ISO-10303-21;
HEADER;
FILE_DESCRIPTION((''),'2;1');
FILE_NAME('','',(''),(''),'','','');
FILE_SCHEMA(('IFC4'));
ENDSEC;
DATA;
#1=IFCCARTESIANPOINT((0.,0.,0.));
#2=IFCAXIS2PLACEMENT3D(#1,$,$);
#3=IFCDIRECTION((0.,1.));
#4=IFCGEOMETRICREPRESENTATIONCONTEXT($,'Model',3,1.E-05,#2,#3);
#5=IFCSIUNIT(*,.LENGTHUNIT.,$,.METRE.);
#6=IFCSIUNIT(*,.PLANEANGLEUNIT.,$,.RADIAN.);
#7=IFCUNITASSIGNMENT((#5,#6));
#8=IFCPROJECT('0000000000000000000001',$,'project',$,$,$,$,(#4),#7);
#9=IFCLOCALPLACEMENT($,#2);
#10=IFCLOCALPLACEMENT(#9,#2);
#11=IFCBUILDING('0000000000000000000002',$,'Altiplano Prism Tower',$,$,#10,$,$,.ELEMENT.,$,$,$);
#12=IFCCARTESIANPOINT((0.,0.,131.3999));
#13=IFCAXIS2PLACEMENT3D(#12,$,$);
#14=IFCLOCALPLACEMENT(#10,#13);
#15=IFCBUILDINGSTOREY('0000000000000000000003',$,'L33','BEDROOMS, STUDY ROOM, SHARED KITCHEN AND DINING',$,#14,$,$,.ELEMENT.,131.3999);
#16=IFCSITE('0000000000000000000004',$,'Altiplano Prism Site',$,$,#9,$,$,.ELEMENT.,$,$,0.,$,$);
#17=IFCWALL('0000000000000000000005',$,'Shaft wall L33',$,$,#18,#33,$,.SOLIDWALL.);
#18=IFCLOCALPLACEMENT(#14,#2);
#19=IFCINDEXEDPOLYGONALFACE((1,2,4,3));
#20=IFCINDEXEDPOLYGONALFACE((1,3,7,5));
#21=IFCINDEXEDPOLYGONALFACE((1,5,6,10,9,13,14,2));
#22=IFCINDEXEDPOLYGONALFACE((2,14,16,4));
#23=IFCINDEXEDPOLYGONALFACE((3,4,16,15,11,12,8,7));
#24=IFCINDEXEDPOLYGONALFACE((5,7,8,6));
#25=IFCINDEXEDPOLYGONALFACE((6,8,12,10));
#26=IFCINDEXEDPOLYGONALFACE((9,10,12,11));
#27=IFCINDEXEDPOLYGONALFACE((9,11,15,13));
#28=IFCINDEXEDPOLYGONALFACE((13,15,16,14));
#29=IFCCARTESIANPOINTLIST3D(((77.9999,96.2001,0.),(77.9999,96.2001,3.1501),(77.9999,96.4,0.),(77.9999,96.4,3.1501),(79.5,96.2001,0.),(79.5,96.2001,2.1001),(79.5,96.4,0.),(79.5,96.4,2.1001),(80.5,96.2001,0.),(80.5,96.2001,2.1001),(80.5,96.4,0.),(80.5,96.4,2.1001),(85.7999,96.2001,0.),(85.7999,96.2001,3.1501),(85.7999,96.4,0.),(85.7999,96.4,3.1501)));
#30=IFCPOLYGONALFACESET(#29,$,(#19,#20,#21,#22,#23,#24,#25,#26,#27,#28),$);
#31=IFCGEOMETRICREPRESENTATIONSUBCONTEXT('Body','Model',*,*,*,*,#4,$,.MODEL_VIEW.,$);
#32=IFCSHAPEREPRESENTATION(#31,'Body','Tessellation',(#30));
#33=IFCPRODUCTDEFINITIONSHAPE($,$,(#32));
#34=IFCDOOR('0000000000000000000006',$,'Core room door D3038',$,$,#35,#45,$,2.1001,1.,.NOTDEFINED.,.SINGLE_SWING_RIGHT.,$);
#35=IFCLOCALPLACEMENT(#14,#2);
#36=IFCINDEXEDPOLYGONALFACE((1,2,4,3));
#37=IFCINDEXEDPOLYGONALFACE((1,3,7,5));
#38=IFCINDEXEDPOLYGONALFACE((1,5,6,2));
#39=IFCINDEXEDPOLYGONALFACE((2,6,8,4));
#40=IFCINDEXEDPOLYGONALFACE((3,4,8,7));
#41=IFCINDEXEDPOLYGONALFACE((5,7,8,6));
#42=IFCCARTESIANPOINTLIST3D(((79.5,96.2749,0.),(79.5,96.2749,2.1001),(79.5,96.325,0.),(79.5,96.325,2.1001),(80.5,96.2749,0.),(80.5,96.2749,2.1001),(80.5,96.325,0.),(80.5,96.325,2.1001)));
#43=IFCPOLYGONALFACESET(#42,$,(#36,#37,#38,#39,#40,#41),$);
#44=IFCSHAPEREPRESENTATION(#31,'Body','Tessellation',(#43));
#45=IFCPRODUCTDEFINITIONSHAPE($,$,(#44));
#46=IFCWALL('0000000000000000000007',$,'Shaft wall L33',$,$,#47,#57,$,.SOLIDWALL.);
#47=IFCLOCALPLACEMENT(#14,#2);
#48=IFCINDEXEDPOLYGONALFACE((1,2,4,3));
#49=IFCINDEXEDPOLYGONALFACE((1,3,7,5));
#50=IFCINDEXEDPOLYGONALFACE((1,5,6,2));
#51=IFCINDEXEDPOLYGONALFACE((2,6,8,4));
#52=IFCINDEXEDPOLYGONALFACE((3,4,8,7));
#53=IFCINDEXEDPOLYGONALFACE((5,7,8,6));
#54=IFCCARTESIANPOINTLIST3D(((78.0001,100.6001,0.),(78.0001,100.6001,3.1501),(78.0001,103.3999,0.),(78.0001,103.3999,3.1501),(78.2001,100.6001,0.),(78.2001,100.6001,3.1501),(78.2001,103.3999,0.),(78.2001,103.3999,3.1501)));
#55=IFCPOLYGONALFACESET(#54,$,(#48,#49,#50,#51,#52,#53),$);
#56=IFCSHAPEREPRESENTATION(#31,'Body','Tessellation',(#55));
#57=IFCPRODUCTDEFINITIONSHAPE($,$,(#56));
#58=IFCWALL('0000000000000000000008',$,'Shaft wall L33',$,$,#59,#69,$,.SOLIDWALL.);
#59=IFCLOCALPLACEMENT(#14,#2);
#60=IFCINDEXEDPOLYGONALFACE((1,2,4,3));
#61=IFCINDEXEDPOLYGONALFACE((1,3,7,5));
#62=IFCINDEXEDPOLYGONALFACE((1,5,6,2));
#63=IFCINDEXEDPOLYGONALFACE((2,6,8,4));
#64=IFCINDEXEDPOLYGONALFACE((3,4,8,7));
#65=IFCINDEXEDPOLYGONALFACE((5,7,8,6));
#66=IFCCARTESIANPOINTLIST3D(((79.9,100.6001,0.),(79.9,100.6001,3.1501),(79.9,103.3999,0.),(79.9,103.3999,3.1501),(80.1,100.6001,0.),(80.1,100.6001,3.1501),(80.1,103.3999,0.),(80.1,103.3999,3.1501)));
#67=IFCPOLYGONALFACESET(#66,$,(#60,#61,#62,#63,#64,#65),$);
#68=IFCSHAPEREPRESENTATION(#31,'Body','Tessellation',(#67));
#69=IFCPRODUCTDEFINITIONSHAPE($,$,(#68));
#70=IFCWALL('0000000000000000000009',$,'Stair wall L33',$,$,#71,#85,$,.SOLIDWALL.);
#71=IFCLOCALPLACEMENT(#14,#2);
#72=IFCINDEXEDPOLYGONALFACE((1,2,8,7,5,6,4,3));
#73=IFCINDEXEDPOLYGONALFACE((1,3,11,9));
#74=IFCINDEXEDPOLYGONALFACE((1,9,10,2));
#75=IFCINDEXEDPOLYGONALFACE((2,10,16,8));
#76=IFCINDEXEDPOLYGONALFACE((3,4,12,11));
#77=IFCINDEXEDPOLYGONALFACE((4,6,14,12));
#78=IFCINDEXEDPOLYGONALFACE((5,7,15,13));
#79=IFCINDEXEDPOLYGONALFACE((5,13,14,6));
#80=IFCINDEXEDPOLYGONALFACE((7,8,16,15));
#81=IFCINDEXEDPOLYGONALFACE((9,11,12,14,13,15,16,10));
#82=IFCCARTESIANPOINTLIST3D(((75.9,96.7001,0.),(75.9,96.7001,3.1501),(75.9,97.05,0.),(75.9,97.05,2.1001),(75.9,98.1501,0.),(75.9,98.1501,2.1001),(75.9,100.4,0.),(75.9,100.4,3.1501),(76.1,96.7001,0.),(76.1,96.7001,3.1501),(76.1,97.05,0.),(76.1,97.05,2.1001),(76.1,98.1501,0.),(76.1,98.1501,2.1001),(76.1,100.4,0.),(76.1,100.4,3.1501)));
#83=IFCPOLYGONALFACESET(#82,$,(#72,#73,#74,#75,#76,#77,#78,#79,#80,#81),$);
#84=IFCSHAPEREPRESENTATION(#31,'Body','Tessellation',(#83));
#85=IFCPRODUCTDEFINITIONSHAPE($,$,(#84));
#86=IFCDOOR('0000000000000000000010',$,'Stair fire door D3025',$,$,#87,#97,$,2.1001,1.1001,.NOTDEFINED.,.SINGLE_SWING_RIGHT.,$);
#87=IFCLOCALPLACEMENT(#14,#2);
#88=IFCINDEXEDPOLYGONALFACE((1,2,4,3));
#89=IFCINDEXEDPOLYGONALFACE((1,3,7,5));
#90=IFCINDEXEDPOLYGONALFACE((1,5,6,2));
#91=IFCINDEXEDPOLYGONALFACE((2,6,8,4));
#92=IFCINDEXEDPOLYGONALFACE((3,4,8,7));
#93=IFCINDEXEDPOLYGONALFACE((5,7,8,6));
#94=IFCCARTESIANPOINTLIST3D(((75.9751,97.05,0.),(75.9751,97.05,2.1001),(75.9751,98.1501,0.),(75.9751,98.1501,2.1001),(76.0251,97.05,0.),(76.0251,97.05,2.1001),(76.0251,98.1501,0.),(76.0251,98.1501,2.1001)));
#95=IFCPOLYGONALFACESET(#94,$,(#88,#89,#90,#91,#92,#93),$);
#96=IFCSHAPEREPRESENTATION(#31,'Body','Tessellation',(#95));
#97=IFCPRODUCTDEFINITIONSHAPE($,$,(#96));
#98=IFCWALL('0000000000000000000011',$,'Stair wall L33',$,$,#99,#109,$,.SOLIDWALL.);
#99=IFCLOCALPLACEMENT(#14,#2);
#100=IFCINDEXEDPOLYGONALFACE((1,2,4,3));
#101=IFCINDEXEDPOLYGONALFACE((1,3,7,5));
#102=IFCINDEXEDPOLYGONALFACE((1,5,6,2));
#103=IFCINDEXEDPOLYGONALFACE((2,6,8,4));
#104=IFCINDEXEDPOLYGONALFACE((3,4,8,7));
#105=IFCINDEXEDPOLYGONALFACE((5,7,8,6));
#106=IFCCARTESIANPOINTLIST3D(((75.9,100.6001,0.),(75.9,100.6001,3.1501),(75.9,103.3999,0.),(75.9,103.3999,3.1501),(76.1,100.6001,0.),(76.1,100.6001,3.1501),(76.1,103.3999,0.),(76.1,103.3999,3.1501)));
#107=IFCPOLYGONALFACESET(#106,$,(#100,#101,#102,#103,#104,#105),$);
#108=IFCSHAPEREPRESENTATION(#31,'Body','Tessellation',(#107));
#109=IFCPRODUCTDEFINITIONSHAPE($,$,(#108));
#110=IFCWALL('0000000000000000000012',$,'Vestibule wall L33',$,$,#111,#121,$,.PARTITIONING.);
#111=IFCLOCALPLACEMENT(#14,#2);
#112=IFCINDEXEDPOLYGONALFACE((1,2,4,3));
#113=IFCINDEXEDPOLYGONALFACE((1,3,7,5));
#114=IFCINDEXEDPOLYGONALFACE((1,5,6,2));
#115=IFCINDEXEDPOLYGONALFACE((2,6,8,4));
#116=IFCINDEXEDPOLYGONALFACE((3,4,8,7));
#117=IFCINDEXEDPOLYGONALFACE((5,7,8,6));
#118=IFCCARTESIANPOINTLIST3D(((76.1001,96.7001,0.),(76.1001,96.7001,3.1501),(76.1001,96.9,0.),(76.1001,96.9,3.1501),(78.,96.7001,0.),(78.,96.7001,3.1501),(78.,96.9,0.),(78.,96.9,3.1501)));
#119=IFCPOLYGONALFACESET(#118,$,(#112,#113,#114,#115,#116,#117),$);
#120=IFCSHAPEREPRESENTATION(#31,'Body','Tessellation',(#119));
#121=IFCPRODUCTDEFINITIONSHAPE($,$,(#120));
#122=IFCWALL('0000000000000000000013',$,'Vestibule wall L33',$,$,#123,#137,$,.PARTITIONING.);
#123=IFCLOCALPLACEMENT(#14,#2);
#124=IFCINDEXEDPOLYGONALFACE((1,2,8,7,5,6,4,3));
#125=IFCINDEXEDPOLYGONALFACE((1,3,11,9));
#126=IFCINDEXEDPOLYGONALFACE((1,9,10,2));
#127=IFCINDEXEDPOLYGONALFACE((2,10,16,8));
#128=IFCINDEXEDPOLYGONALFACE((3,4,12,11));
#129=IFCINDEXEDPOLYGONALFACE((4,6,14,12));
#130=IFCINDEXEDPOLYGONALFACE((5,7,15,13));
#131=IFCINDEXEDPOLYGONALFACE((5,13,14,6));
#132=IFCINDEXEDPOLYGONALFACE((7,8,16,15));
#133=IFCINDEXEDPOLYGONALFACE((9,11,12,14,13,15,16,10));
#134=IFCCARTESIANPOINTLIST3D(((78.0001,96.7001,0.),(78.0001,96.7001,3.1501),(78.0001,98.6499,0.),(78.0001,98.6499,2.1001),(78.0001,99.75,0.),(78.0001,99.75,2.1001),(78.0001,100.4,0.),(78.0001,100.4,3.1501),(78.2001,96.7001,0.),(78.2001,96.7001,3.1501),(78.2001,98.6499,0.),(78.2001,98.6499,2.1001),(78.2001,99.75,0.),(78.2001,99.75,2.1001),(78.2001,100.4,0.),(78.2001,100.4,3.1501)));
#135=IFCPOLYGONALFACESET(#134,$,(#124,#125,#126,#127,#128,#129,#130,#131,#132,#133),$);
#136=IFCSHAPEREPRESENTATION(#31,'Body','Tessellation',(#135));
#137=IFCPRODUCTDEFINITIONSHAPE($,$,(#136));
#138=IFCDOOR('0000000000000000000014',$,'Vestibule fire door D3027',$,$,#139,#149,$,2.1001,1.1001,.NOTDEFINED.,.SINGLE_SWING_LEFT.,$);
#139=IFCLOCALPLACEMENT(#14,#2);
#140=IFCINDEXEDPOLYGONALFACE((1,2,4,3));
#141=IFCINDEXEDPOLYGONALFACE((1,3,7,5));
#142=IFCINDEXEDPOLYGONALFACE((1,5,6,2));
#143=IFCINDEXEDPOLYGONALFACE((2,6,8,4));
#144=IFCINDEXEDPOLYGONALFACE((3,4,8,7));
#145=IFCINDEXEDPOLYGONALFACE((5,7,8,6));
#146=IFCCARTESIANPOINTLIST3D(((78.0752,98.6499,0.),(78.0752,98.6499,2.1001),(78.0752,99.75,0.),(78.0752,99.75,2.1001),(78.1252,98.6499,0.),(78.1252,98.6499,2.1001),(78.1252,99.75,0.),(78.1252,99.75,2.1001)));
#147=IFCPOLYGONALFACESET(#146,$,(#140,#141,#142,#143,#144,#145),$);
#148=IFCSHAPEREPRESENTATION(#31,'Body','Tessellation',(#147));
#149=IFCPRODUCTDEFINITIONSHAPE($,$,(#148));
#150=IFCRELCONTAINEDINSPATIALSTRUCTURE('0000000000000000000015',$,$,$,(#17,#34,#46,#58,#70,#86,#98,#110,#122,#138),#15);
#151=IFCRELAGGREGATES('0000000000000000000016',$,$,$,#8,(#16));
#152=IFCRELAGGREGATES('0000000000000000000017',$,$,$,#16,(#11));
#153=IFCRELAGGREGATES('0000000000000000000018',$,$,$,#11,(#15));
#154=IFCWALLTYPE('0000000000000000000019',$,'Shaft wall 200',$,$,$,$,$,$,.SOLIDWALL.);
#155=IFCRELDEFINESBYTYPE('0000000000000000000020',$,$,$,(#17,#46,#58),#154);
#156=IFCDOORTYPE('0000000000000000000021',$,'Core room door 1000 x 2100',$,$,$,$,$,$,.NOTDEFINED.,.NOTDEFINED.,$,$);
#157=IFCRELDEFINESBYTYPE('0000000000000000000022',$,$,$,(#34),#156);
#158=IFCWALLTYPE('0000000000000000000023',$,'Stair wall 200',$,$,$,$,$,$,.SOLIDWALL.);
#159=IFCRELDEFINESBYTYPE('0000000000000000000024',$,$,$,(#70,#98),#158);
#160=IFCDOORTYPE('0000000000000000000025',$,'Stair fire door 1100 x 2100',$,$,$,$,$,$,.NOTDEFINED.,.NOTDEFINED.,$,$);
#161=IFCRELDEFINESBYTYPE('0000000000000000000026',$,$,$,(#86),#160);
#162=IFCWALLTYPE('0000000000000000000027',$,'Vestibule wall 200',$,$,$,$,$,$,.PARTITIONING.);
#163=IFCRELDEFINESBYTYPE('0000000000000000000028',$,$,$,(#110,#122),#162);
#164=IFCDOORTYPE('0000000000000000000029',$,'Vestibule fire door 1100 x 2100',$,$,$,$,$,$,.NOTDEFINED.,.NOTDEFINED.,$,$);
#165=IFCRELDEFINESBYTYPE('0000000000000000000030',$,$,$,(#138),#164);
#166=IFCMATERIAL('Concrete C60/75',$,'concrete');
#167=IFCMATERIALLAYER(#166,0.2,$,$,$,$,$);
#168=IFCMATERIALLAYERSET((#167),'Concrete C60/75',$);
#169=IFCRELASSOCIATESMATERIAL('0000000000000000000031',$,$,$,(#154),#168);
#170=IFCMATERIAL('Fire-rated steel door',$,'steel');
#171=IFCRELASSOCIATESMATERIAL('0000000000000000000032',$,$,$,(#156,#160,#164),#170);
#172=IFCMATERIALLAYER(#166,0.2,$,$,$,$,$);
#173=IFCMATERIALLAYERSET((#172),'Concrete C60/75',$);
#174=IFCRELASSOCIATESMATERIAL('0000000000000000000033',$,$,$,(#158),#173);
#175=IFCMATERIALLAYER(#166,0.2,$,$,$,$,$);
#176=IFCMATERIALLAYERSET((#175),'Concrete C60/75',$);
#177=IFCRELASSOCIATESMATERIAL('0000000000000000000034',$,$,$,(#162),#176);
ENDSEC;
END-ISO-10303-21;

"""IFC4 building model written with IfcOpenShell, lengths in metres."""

from ifc_helpers import new_model, si_unit, direction, frame, frame_2d, origin, place, context, subcontext, project, spatial, rectangle, extrude, material, layer, layer_set, type_object, element, fill, save


model = new_model("IFC4")

# Units and contexts
model_context = context("Model", 3, precision=1e-05, world=origin(), true_north=direction((0.0, 1.0)))
body_context = subcontext(model_context, "Body", "Model", "MODEL_VIEW")
ifc_project = project(units=[si_unit("LENGTHUNIT", "METRE"), si_unit("PLANEANGLEUNIT", "RADIAN")], contexts=[model_context])

# Site, building, storey
site_placement = place(None, origin())
site = spatial("IfcSite", under=ifc_project, at=site_placement, Name="Altiplano Prism Site", CompositionType="ELEMENT", RefElevation=0.0)
building_placement = place(site_placement, origin())
building = spatial("IfcBuilding", under=site, at=building_placement, Name="Altiplano Prism Tower", CompositionType="ELEMENT")
storey_placement = place(building_placement, frame((0.0, 0.0, 131.3999)))
storey = spatial("IfcBuildingStorey", under=building, at=storey_placement, Name="L33", Description="BEDROOMS, STUDY ROOM, SHARED KITCHEN AND DINING", CompositionType="ELEMENT", Elevation=131.3999)

# Wall, opening, door
ifc_material_1 = material(Name="Concrete C60/75", Category="concrete")
ifc_layer_1 = layer(ifc_material_1, 0.2)
ifc_layer_set_1 = layer_set([ifc_layer_1], Name="Concrete C60/75")
wall_type_1 = type_object("IfcWallType", Name="Shaft wall 200", PredefinedType="SOLIDWALL", material=ifc_layer_set_1)
wall_1_placement = place(storey_placement, frame((78.0, 96.3, 0.0), z_axis=(0.0, 0.0, 1.0), x_axis=(1.0, 0.0, 0.0)))
wall_1 = element("IfcWall", 1, at=wall_1_placement, inside=storey, type_object=wall_type_1, Name="Shaft wall L33", PredefinedType="SOLIDWALL", context=body_context, shape_type="SweptSolid", body=[
    extrude(rectangle(XDim=7.8, YDim=0.2, at=frame_2d((3.8999, 0.0))), origin(), (0.0, 0.0, 1.0), 3.1501),
])
opening_1_placement = place(wall_1_placement, frame((1.5, 0.0, 0.0)))
opening_1 = element("IfcOpeningElement", 2, at=opening_1_placement, cuts=wall_1, PredefinedType="OPENING", context=body_context, shape_type="SweptSolid", body=[
    extrude(rectangle(XDim=1.0, YDim=2.1001, at=frame_2d((0.5, 1.05))), frame((0.0, 0.1104, 0.0), z_axis=(0.0, -1.0, 0.0), x_axis=(1.0, 0.0, 0.0)), (0.0, 0.0, 1.0), 0.2209),
])
ifc_material_2 = material(Name="Fire-rated steel door", Category="steel")
door_type_1 = type_object("IfcDoorType", Name="Core room door 1000 x 2100", OperationType="NOTDEFINED", PredefinedType="NOTDEFINED", material=ifc_material_2)
door_1_placement = place(opening_1_placement, origin())
door_1 = element("IfcDoor", 3, at=door_1_placement, inside=storey, type_object=door_type_1, Name="Core room door D3038", OperationType="SINGLE_SWING_RIGHT", OverallHeight=2.1001, OverallWidth=1.0, PredefinedType="NOTDEFINED", context=body_context, shape_type="SweptSolid", body=[
    extrude(rectangle(XDim=1.0, YDim=2.1001, at=frame_2d((0.5, 1.05))), frame((0.0, 0.0249, 0.0), z_axis=(0.0, -1.0, 0.0), x_axis=(1.0, 0.0, 0.0)), (0.0, 0.0, 1.0), 0.05),
])
fill(opening_1, door_1)

# Walls
for number, where, z_axis, x_axis, name in (
    (4, (78.1001, 100.6001, 0.0), (0.0, 0.0, 1.0), (0.0, 1.0, 0.0), "Shaft wall L33"),
    (5, (80.0, 100.6001, 0.0), (0.0, 0.0, 1.0), (0.0, 1.0, 0.0), "Shaft wall L33"),
):
    element("IfcWall", number, at=place(storey_placement, frame(where, z_axis=z_axis, x_axis=x_axis)), inside=storey, type_object=wall_type_1, Name=name, PredefinedType="SOLIDWALL", context=body_context, shape_type="SweptSolid", body=[
        extrude(rectangle(XDim=2.7998, YDim=0.2, at=frame_2d((1.3999, 0.0))), origin(), (0.0, 0.0, 1.0), 3.1501),
    ])

# Wall, opening, door
ifc_layer_2 = layer(ifc_material_1, 0.2)
ifc_layer_set_2 = layer_set([ifc_layer_2], Name="Concrete C60/75")
wall_type_2 = type_object("IfcWallType", Name="Stair wall 200", PredefinedType="SOLIDWALL", material=ifc_layer_set_2)
wall_2_placement = place(storey_placement, frame((76.0, 96.7, 0.0), z_axis=(0.0, 0.0, 1.0), x_axis=(0.0, 1.0, 0.0)))
wall_2 = element("IfcWall", 6, at=wall_2_placement, inside=storey, type_object=wall_type_2, Name="Stair wall L33", PredefinedType="SOLIDWALL", context=body_context, shape_type="SweptSolid", body=[
    extrude(rectangle(XDim=3.7, YDim=0.2, at=frame_2d((1.8501, 0.0))), origin(), (0.0, 0.0, 1.0), 3.1501),
])
opening_2_placement = place(wall_2_placement, frame((0.3501, 0.0, 0.0)))
opening_2 = element("IfcOpeningElement", 7, at=opening_2_placement, cuts=wall_2, PredefinedType="OPENING", context=body_context, shape_type="SweptSolid", body=[
    extrude(rectangle(XDim=1.1001, YDim=2.1001, at=frame_2d((0.55, 1.05))), frame((0.0, 0.1104, 0.0), z_axis=(0.0, -1.0, 0.0), x_axis=(1.0, 0.0, 0.0)), (0.0, 0.0, 1.0), 0.2209),
])
door_type_2 = type_object("IfcDoorType", Name="Stair fire door 1100 x 2100", OperationType="NOTDEFINED", PredefinedType="NOTDEFINED", material=ifc_material_2)
door_2_placement = place(opening_2_placement, origin())
door_2 = element("IfcDoor", 8, at=door_2_placement, inside=storey, type_object=door_type_2, Name="Stair fire door D3025", OperationType="SINGLE_SWING_RIGHT", OverallHeight=2.1001, OverallWidth=1.1001, PredefinedType="NOTDEFINED", context=body_context, shape_type="SweptSolid", body=[
    extrude(rectangle(XDim=1.1001, YDim=2.1001, at=frame_2d((0.55, 1.05))), frame((0.0, 0.0249, 0.0), z_axis=(0.0, -1.0, 0.0), x_axis=(1.0, 0.0, 0.0)), (0.0, 0.0, 1.0), 0.05),
])
fill(opening_2, door_2)

# Walls
wall_3_placement = place(storey_placement, frame((76.0, 100.6001, 0.0), z_axis=(0.0, 0.0, 1.0), x_axis=(0.0, 1.0, 0.0)))
element("IfcWall", 9, at=wall_3_placement, inside=storey, type_object=wall_type_2, Name="Stair wall L33", PredefinedType="SOLIDWALL", context=body_context, shape_type="SweptSolid", body=[
    extrude(rectangle(XDim=2.7998, YDim=0.2, at=frame_2d((1.3999, 0.0))), origin(), (0.0, 0.0, 1.0), 3.1501),
])
ifc_layer_3 = layer(ifc_material_1, 0.2)
ifc_layer_set_3 = layer_set([ifc_layer_3], Name="Concrete C60/75")
wall_type_3 = type_object("IfcWallType", Name="Vestibule wall 200", PredefinedType="PARTITIONING", material=ifc_layer_set_3)
wall_4_placement = place(storey_placement, frame((76.1001, 96.8, 0.0), z_axis=(0.0, 0.0, 1.0), x_axis=(1.0, 0.0, 0.0)))
element("IfcWall", 10, at=wall_4_placement, inside=storey, type_object=wall_type_3, Name="Vestibule wall L33", PredefinedType="PARTITIONING", context=body_context, shape_type="SweptSolid", body=[
    extrude(rectangle(XDim=1.8999, YDim=0.2, at=frame_2d((0.95, 0.0))), origin(), (0.0, 0.0, 1.0), 3.1501),
])

# Wall, opening, door
wall_5_placement = place(storey_placement, frame((78.1001, 96.7, 0.0), z_axis=(0.0, 0.0, 1.0), x_axis=(0.0, 1.0, 0.0)))
wall_5 = element("IfcWall", 11, at=wall_5_placement, inside=storey, type_object=wall_type_3, Name="Vestibule wall L33", PredefinedType="PARTITIONING", context=body_context, shape_type="SweptSolid", body=[
    extrude(rectangle(XDim=3.7, YDim=0.2, at=frame_2d((1.8501, 0.0))), origin(), (0.0, 0.0, 1.0), 3.1501),
])
opening_3_placement = place(wall_5_placement, frame((1.95, 0.0, 0.0)))
opening_3 = element("IfcOpeningElement", 12, at=opening_3_placement, cuts=wall_5, PredefinedType="OPENING", context=body_context, shape_type="SweptSolid", body=[
    extrude(rectangle(XDim=1.1001, YDim=2.1001, at=frame_2d((0.55, 1.05))), frame((0.0, 0.1104, 0.0), z_axis=(0.0, -1.0, 0.0), x_axis=(1.0, 0.0, 0.0)), (0.0, 0.0, 1.0), 0.2209),
])
door_type_3 = type_object("IfcDoorType", Name="Vestibule fire door 1100 x 2100", OperationType="NOTDEFINED", PredefinedType="NOTDEFINED", material=ifc_material_2)
door_3_placement = place(opening_3_placement, origin())
door_3 = element("IfcDoor", 13, at=door_3_placement, inside=storey, type_object=door_type_3, Name="Vestibule fire door D3027", OperationType="SINGLE_SWING_LEFT", OverallHeight=2.1001, OverallWidth=1.1001, PredefinedType="NOTDEFINED", context=body_context, shape_type="SweptSolid", body=[
    extrude(rectangle(XDim=1.1001, YDim=2.1001, at=frame_2d((0.55, 1.05))), frame((0.0, 0.0249, 0.0), z_axis=(0.0, -1.0, 0.0), x_axis=(1.0, 0.0, 0.0)), (0.0, 0.0, 1.0), 0.05),
])
fill(opening_3, door_3)

save(model, "model.ifc")
